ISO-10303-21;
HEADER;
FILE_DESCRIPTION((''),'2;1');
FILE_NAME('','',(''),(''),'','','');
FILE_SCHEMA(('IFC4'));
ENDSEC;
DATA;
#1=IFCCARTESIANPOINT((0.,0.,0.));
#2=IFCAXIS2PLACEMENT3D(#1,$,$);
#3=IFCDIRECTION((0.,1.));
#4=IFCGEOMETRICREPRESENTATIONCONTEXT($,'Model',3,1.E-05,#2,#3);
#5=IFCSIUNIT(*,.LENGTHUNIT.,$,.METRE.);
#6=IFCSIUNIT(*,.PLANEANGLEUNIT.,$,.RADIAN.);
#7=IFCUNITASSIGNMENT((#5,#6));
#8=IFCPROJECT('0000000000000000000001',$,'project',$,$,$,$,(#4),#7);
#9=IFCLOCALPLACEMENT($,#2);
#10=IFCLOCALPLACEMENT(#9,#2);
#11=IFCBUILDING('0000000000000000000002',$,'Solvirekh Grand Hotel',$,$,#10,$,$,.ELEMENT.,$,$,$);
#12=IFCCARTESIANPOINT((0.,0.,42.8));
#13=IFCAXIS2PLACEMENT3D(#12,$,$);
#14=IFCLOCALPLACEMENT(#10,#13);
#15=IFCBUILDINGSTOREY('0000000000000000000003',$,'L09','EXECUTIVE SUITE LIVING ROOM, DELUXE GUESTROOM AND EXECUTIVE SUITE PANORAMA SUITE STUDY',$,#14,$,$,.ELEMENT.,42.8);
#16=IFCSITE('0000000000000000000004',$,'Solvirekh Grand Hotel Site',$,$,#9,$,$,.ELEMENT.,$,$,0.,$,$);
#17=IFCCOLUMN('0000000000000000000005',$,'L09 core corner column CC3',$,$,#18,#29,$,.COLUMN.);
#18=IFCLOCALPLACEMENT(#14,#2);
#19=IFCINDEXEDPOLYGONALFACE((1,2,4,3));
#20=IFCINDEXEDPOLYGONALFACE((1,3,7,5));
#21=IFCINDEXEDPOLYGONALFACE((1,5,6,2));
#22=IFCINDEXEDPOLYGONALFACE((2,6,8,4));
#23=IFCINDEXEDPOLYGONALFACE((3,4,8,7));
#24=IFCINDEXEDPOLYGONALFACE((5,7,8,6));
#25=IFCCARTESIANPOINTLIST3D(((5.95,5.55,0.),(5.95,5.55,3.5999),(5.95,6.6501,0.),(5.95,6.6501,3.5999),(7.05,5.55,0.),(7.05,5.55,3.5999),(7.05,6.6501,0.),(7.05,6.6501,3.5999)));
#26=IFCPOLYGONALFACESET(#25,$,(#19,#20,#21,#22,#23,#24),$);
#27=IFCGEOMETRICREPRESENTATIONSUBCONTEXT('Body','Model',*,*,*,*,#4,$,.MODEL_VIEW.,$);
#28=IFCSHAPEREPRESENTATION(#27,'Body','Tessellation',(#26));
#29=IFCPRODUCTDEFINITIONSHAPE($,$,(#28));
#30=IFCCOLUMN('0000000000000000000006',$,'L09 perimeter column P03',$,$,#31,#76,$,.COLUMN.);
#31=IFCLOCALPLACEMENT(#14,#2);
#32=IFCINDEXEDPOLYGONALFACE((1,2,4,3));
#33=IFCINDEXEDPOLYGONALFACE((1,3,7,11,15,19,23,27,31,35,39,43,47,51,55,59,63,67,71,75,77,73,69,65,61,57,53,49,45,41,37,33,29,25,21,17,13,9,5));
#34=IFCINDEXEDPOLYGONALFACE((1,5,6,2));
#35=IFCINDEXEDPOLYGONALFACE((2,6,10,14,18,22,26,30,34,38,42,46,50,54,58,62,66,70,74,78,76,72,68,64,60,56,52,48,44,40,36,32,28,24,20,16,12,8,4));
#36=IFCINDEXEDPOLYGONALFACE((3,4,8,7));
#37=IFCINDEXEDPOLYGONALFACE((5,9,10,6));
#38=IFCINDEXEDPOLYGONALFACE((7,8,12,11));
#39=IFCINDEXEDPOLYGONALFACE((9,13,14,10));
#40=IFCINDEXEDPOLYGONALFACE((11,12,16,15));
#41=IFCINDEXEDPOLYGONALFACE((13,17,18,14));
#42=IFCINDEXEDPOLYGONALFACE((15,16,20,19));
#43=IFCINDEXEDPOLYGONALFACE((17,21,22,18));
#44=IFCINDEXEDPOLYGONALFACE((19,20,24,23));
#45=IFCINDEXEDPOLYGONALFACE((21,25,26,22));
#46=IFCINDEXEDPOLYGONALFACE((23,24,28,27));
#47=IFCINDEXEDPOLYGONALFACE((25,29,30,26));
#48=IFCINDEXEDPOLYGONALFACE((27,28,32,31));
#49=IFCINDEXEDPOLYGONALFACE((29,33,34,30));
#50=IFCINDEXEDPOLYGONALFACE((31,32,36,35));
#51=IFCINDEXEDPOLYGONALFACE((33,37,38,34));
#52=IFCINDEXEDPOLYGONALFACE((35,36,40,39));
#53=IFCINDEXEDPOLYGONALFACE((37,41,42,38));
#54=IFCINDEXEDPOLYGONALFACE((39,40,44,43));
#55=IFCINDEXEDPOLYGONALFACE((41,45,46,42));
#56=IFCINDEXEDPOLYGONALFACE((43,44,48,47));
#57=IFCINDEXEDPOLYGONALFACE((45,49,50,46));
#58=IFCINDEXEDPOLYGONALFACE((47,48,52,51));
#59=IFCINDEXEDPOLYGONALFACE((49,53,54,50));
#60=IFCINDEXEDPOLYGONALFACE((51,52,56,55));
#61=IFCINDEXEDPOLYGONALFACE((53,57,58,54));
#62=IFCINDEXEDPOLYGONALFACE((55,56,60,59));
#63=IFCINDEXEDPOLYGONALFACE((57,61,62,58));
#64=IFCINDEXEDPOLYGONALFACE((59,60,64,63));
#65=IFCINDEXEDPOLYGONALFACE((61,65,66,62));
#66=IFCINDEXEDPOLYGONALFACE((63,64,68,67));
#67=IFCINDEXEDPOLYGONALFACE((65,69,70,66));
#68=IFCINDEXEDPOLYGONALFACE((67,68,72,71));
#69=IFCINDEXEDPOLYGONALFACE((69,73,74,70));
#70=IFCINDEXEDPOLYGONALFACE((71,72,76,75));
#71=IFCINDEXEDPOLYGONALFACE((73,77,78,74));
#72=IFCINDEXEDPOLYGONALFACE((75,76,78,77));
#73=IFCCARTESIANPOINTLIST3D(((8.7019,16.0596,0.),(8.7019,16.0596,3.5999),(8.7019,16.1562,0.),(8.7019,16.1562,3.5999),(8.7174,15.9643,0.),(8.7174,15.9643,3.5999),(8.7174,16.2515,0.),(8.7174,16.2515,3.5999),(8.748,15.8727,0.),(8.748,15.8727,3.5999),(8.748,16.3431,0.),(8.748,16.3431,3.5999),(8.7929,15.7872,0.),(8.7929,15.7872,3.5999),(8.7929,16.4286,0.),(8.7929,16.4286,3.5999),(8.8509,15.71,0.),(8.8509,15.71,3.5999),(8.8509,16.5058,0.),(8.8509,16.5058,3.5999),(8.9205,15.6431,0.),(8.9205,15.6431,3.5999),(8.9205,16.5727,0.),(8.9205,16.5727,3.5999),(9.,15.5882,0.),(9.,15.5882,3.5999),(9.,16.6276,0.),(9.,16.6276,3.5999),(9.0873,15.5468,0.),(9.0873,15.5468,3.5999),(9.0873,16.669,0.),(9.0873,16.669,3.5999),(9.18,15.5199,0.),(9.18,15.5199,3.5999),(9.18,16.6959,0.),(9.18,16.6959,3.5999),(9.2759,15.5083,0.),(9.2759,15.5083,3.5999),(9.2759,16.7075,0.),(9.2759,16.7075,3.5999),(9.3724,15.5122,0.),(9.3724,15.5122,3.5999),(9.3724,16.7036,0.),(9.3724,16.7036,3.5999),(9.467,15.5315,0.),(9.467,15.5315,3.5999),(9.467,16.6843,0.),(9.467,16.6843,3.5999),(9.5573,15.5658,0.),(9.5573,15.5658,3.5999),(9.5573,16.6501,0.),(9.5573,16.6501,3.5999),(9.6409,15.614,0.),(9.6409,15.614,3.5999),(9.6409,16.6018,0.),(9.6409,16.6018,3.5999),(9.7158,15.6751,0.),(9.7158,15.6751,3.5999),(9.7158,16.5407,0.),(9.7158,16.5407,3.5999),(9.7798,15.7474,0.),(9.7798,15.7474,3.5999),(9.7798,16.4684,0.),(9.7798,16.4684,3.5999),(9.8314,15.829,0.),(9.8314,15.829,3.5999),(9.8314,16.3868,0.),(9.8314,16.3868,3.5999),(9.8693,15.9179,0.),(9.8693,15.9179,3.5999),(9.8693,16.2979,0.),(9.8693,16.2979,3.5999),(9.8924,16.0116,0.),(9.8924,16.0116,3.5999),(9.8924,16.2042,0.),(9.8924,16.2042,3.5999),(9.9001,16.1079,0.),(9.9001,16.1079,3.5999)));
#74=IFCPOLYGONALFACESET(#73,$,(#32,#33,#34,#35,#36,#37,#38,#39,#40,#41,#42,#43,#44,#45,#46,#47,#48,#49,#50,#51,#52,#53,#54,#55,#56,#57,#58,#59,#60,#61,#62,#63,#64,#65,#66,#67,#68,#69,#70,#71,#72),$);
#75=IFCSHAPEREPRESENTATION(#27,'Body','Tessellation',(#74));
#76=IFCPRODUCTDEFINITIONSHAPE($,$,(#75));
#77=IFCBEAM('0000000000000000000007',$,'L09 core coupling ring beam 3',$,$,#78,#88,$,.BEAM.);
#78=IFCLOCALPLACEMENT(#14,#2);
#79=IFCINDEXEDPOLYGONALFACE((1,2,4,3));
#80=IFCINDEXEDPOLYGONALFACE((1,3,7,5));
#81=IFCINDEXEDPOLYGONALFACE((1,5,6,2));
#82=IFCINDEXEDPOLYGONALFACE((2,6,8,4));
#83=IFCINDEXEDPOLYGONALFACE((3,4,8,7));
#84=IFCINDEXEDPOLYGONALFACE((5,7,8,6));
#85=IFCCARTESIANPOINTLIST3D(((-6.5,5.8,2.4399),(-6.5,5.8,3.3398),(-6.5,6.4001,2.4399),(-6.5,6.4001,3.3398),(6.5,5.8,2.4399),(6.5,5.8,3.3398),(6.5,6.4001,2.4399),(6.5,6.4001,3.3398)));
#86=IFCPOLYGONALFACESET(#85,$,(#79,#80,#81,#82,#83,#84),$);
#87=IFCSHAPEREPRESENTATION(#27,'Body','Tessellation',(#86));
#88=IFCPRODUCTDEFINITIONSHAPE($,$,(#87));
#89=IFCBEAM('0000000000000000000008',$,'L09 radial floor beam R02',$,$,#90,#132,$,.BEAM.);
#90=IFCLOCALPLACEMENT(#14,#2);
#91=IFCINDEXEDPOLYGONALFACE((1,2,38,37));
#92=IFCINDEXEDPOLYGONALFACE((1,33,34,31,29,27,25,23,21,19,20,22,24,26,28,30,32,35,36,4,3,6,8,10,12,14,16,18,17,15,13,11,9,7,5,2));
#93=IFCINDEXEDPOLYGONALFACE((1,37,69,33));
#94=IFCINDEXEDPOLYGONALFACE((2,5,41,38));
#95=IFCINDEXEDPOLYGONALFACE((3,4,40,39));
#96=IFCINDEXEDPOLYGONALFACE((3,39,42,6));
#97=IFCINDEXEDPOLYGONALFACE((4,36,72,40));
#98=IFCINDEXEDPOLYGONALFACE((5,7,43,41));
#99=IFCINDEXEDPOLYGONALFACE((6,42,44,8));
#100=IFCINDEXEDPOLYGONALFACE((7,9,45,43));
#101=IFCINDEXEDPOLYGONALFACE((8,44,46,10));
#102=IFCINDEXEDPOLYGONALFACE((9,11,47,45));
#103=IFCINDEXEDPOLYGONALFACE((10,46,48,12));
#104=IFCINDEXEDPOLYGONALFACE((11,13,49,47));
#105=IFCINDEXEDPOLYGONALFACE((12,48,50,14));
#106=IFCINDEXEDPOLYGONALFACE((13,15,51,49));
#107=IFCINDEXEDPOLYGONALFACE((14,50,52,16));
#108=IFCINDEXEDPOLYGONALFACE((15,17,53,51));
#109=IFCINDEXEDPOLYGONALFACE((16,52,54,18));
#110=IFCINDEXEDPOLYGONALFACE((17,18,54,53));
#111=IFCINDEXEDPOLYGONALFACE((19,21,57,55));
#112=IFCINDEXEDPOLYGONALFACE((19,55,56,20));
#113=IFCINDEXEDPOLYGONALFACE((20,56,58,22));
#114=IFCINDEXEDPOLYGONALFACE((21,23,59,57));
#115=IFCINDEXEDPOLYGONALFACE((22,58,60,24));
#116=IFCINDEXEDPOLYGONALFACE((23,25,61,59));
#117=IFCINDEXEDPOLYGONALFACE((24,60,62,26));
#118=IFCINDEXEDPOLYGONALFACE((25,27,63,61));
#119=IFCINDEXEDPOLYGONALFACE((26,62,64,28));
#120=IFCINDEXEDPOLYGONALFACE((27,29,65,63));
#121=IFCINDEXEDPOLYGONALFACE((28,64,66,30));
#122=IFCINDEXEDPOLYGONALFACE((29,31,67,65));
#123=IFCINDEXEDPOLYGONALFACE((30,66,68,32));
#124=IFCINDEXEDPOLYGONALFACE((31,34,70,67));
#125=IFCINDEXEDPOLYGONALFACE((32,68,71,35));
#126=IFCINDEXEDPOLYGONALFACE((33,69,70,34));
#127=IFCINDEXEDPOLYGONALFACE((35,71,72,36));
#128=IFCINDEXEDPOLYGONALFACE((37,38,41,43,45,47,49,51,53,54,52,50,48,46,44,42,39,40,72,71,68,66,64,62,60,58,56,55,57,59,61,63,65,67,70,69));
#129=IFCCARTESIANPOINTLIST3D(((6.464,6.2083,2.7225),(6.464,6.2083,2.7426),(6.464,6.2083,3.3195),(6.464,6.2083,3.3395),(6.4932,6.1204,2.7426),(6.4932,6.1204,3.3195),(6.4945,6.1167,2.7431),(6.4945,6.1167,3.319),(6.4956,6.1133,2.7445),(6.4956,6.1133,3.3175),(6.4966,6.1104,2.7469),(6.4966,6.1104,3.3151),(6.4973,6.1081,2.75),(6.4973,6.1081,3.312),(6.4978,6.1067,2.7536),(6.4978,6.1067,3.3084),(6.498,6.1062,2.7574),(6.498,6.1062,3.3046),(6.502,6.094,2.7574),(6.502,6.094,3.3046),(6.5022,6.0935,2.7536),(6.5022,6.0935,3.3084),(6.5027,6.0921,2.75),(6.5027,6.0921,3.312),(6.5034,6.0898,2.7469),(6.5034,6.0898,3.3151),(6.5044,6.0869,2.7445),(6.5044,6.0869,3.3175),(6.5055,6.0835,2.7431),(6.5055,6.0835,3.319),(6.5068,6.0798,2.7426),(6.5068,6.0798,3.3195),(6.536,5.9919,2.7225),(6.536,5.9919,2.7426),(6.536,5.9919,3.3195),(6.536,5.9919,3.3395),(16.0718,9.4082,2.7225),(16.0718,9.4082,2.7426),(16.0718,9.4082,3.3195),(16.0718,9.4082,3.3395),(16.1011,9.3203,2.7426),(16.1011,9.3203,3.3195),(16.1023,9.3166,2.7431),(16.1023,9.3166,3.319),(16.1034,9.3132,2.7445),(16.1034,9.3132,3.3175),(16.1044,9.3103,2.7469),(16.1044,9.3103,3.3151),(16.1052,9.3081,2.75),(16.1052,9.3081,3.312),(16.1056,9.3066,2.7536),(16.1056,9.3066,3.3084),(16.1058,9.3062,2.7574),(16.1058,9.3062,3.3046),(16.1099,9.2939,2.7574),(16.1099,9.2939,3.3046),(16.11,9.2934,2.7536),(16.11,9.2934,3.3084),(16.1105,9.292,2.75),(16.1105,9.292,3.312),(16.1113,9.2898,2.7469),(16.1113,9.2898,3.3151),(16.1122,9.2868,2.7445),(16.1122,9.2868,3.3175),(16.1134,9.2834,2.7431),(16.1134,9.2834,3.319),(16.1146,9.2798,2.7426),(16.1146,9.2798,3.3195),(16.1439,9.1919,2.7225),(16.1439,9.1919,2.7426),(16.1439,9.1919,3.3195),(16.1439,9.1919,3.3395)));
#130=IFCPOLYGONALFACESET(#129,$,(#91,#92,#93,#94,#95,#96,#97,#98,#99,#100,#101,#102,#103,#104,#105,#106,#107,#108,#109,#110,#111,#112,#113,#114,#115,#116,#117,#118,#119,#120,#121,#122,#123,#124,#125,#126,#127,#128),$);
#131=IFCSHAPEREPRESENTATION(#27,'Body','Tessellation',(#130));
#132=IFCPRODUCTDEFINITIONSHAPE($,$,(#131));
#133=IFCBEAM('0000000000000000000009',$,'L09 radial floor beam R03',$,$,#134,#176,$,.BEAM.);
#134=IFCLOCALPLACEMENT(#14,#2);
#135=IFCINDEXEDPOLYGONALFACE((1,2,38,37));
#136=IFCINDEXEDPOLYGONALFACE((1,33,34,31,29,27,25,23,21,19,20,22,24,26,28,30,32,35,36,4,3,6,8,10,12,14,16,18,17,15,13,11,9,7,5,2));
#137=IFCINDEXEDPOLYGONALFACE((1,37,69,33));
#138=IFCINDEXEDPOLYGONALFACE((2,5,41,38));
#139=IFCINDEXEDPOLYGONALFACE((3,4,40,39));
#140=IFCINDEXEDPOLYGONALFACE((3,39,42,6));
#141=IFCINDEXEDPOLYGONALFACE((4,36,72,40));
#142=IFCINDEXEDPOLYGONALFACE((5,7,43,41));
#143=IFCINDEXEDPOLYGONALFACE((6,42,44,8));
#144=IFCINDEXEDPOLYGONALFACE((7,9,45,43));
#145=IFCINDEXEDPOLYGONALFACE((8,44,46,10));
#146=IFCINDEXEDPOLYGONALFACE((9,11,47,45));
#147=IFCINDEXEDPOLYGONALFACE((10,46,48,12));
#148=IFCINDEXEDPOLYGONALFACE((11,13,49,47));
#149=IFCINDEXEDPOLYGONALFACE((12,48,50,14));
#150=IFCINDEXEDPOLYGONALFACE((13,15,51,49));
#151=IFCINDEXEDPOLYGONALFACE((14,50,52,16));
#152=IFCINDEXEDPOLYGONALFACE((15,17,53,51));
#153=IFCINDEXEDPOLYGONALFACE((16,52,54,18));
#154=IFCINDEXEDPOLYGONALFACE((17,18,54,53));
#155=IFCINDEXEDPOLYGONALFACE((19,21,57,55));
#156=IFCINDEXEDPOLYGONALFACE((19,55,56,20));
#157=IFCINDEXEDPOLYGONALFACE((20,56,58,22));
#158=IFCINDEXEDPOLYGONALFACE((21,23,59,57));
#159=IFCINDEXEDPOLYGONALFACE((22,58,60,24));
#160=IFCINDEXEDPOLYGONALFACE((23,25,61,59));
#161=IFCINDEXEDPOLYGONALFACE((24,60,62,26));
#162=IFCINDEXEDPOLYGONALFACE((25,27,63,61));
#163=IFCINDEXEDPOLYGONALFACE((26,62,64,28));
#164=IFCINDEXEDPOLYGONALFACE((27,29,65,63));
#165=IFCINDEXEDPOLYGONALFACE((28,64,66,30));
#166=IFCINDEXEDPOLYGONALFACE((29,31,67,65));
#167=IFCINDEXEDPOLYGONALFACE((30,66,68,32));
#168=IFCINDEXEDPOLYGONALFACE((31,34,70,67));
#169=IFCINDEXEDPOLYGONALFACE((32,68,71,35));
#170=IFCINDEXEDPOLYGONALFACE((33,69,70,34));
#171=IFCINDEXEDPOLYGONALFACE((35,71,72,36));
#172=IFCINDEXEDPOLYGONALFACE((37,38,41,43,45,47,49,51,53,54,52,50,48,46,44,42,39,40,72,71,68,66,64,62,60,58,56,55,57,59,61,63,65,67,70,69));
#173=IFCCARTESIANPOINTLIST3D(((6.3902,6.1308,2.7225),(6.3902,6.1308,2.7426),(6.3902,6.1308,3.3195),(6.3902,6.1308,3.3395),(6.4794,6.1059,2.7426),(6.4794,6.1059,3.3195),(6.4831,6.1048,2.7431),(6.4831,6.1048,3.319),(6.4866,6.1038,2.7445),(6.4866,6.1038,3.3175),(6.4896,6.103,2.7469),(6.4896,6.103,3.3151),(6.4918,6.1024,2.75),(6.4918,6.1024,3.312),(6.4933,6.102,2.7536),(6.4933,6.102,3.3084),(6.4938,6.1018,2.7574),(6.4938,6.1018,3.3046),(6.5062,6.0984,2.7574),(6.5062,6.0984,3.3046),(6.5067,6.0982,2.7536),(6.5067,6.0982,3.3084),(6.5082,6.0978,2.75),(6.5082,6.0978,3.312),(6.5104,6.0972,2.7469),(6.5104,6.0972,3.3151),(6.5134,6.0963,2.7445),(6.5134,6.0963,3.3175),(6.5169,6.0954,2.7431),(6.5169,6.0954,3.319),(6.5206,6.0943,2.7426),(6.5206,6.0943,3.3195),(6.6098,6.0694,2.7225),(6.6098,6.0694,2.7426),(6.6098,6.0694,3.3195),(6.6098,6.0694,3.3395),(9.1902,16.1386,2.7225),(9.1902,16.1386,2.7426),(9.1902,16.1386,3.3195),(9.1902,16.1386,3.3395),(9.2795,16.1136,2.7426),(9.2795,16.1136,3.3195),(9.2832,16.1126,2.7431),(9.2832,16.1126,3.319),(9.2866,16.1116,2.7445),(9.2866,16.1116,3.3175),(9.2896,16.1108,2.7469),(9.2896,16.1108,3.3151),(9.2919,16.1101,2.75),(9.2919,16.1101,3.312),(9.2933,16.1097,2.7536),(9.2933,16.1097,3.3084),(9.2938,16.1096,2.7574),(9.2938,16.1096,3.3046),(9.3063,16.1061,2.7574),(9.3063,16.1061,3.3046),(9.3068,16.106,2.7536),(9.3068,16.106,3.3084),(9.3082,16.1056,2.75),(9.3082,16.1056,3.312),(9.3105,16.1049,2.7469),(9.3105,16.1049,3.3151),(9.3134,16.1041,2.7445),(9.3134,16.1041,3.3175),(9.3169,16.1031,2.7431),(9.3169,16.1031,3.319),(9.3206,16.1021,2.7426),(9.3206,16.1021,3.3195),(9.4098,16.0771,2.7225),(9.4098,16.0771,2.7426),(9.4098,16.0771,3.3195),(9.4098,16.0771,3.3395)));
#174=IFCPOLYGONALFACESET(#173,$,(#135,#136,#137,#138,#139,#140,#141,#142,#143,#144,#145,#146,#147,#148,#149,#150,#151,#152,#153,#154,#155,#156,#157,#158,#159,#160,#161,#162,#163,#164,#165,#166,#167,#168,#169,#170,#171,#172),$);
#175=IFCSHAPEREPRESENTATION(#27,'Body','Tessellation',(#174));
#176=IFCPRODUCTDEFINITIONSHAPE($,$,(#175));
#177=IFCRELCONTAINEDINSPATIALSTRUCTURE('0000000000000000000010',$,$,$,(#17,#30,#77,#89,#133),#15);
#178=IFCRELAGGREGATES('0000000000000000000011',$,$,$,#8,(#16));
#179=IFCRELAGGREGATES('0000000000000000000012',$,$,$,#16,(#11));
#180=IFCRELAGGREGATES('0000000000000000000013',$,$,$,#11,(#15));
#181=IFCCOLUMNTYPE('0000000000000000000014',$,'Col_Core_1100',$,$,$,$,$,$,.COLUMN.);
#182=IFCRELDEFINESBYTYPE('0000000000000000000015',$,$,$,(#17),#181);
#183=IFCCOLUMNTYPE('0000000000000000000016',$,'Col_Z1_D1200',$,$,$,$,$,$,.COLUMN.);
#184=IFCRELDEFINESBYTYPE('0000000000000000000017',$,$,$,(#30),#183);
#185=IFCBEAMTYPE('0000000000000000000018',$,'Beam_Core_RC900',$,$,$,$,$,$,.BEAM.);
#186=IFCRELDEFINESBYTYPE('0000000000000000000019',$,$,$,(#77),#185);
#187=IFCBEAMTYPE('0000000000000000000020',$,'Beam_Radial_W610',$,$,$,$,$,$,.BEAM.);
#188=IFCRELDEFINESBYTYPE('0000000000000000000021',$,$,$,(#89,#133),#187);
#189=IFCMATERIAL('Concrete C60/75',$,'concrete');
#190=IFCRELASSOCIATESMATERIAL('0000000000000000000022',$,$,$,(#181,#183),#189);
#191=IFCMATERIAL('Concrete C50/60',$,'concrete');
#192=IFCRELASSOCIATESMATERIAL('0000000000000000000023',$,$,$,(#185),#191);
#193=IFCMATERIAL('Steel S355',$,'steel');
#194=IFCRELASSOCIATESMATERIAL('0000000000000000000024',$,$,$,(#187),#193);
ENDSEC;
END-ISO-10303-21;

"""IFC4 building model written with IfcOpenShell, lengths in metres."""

from ifc_helpers import new_model, si_unit, direction, frame, origin, origin_2d, place, context, subcontext, project, spatial, rectangle, circle, i_section, extrude, material, material_profile, profile_set, type_object, element, save


model = new_model("IFC4")

# Units and contexts
model_context = context("Model", 3, precision=1e-05, world=origin(), true_north=direction((0.0, 1.0)))
body_context = subcontext(model_context, "Body", "Model", "MODEL_VIEW")
ifc_project = project(units=[si_unit("LENGTHUNIT", "METRE"), si_unit("PLANEANGLEUNIT", "RADIAN")], contexts=[model_context])

# Site, building, storey
site_placement = place(None, origin())
site = spatial("IfcSite", under=ifc_project, at=site_placement, Name="Solvirekh Grand Hotel Site", CompositionType="ELEMENT", RefElevation=0.0)
building_placement = place(site_placement, origin())
building = spatial("IfcBuilding", under=site, at=building_placement, Name="Solvirekh Grand Hotel", CompositionType="ELEMENT")
storey_placement = place(building_placement, frame((0.0, 0.0, 42.8)))
storey = spatial("IfcBuildingStorey", under=building, at=storey_placement, Name="L09", Description="EXECUTIVE SUITE LIVING ROOM, DELUXE GUESTROOM AND EXECUTIVE SUITE PANORAMA SUITE STUDY", CompositionType="ELEMENT", Elevation=42.8)

# Columns
ifc_material_1 = material(Name="Concrete C60/75", Category="concrete")
ifc_material_profile_1 = material_profile(ifc_material_1, rectangle(XDim=1.1001, YDim=1.1001, at=origin_2d()), Name="RC 1100X1100")
ifc_profile_set_1 = profile_set([ifc_material_profile_1], Name="Concrete C60/75")
column_type_1 = type_object("IfcColumnType", Name="Col_Core_1100", PredefinedType="COLUMN", material=ifc_profile_set_1)
column_1_placement = place(storey_placement, frame((6.5, 6.1001, 0.0), z_axis=(0.0, 0.0, 1.0), x_axis=(1.0, 0.0, 0.0)))
element("IfcColumn", 1, at=column_1_placement, inside=storey, type_object=column_type_1, Name="L09 core corner column CC3", PredefinedType="COLUMN", context=body_context, shape_type="SweptSolid", body=[
    extrude(rectangle(XDim=1.1001, YDim=1.1001, at=origin_2d()), origin(), (0.0, 0.0, 1.0), 3.5999),
])
ifc_material_profile_2 = material_profile(ifc_material_1, circle(Radius=0.6001, at=origin_2d()), Name="RC CIRC D1200")
ifc_profile_set_2 = profile_set([ifc_material_profile_2], Name="Concrete C60/75")
column_type_2 = type_object("IfcColumnType", Name="Col_Z1_D1200", PredefinedType="COLUMN", material=ifc_profile_set_2)
column_2_placement = place(storey_placement, frame((9.3, 16.1079, 0.0), z_axis=(0.0, 0.0, 1.0), x_axis=(1.0, 0.0, 0.0)))
element("IfcColumn", 2, at=column_2_placement, inside=storey, type_object=column_type_2, Name="L09 perimeter column P03", PredefinedType="COLUMN", context=body_context, shape_type="SweptSolid", body=[
    extrude(circle(Radius=0.6001, at=origin_2d()), origin(), (0.0, 0.0, 1.0), 3.5999),
])

# Beams
ifc_material_2 = material(Name="Concrete C50/60", Category="concrete")
ifc_material_profile_3 = material_profile(ifc_material_2, rectangle(XDim=0.6001, YDim=0.8999, at=origin_2d()), Name="RC BEAM 600X900")
ifc_profile_set_3 = profile_set([ifc_material_profile_3], Name="Concrete C50/60")
beam_type_1 = type_object("IfcBeamType", Name="Beam_Core_RC900", PredefinedType="BEAM", material=ifc_profile_set_3)
beam_1_placement = place(storey_placement, frame((6.5, 6.1001, 2.8899), z_axis=(-1.0, 0.0, 0.0), x_axis=(0.0, -1.0, 0.0)))
element("IfcBeam", 3, at=beam_1_placement, inside=storey, type_object=beam_type_1, Name="L09 core coupling ring beam 3", PredefinedType="BEAM", context=body_context, shape_type="SweptSolid", body=[
    extrude(rectangle(XDim=0.6001, YDim=0.8999, at=origin_2d()), origin(), (0.0, 0.0, 1.0), 13.0),
])
ifc_material_3 = material(Name="Steel S355", Category="steel")
ifc_material_profile_4 = material_profile(ifc_material_3, i_section(OverallWidth=0.228, OverallDepth=0.6169, WebThickness=0.0129, FlangeThickness=0.02, FilletRadius=0.0149, at=origin_2d()), Name="W610X140")
ifc_profile_set_4 = profile_set([ifc_material_profile_4], Name="Steel S355")
beam_type_2 = type_object("IfcBeamType", Name="Beam_Radial_W610", PredefinedType="BEAM", material=ifc_profile_set_4)
beam_2_placement = place(storey_placement, frame((6.5, 6.1001, 3.031), z_axis=(0.948763, 0.315989, 0.0), x_axis=(-0.315989, 0.948763, 0.0)))
element("IfcBeam", 4, at=beam_2_placement, inside=storey, type_object=beam_type_2, Name="L09 radial floor beam R02", PredefinedType="BEAM", context=body_context, shape_type="SweptSolid", body=[
    extrude(i_section(OverallWidth=0.228, OverallDepth=0.6169, WebThickness=0.0129, FlangeThickness=0.02, FilletRadius=0.0149, at=origin_2d()), origin(), (0.0, 0.0, 1.0), 10.1267),
])
beam_3_placement = place(storey_placement, frame((6.5, 6.1001, 3.031), z_axis=(0.269439, 0.963017, 0.0), x_axis=(-0.963017, 0.269439, 0.0)))
element("IfcBeam", 5, at=beam_3_placement, inside=storey, type_object=beam_type_2, Name="L09 radial floor beam R03", PredefinedType="BEAM", context=body_context, shape_type="SweptSolid", body=[
    extrude(i_section(OverallWidth=0.228, OverallDepth=0.6169, WebThickness=0.0129, FlangeThickness=0.02, FilletRadius=0.0149, at=origin_2d()), origin(), (0.0, 0.0, 1.0), 10.3921),
])

save(model, "model.ifc")
